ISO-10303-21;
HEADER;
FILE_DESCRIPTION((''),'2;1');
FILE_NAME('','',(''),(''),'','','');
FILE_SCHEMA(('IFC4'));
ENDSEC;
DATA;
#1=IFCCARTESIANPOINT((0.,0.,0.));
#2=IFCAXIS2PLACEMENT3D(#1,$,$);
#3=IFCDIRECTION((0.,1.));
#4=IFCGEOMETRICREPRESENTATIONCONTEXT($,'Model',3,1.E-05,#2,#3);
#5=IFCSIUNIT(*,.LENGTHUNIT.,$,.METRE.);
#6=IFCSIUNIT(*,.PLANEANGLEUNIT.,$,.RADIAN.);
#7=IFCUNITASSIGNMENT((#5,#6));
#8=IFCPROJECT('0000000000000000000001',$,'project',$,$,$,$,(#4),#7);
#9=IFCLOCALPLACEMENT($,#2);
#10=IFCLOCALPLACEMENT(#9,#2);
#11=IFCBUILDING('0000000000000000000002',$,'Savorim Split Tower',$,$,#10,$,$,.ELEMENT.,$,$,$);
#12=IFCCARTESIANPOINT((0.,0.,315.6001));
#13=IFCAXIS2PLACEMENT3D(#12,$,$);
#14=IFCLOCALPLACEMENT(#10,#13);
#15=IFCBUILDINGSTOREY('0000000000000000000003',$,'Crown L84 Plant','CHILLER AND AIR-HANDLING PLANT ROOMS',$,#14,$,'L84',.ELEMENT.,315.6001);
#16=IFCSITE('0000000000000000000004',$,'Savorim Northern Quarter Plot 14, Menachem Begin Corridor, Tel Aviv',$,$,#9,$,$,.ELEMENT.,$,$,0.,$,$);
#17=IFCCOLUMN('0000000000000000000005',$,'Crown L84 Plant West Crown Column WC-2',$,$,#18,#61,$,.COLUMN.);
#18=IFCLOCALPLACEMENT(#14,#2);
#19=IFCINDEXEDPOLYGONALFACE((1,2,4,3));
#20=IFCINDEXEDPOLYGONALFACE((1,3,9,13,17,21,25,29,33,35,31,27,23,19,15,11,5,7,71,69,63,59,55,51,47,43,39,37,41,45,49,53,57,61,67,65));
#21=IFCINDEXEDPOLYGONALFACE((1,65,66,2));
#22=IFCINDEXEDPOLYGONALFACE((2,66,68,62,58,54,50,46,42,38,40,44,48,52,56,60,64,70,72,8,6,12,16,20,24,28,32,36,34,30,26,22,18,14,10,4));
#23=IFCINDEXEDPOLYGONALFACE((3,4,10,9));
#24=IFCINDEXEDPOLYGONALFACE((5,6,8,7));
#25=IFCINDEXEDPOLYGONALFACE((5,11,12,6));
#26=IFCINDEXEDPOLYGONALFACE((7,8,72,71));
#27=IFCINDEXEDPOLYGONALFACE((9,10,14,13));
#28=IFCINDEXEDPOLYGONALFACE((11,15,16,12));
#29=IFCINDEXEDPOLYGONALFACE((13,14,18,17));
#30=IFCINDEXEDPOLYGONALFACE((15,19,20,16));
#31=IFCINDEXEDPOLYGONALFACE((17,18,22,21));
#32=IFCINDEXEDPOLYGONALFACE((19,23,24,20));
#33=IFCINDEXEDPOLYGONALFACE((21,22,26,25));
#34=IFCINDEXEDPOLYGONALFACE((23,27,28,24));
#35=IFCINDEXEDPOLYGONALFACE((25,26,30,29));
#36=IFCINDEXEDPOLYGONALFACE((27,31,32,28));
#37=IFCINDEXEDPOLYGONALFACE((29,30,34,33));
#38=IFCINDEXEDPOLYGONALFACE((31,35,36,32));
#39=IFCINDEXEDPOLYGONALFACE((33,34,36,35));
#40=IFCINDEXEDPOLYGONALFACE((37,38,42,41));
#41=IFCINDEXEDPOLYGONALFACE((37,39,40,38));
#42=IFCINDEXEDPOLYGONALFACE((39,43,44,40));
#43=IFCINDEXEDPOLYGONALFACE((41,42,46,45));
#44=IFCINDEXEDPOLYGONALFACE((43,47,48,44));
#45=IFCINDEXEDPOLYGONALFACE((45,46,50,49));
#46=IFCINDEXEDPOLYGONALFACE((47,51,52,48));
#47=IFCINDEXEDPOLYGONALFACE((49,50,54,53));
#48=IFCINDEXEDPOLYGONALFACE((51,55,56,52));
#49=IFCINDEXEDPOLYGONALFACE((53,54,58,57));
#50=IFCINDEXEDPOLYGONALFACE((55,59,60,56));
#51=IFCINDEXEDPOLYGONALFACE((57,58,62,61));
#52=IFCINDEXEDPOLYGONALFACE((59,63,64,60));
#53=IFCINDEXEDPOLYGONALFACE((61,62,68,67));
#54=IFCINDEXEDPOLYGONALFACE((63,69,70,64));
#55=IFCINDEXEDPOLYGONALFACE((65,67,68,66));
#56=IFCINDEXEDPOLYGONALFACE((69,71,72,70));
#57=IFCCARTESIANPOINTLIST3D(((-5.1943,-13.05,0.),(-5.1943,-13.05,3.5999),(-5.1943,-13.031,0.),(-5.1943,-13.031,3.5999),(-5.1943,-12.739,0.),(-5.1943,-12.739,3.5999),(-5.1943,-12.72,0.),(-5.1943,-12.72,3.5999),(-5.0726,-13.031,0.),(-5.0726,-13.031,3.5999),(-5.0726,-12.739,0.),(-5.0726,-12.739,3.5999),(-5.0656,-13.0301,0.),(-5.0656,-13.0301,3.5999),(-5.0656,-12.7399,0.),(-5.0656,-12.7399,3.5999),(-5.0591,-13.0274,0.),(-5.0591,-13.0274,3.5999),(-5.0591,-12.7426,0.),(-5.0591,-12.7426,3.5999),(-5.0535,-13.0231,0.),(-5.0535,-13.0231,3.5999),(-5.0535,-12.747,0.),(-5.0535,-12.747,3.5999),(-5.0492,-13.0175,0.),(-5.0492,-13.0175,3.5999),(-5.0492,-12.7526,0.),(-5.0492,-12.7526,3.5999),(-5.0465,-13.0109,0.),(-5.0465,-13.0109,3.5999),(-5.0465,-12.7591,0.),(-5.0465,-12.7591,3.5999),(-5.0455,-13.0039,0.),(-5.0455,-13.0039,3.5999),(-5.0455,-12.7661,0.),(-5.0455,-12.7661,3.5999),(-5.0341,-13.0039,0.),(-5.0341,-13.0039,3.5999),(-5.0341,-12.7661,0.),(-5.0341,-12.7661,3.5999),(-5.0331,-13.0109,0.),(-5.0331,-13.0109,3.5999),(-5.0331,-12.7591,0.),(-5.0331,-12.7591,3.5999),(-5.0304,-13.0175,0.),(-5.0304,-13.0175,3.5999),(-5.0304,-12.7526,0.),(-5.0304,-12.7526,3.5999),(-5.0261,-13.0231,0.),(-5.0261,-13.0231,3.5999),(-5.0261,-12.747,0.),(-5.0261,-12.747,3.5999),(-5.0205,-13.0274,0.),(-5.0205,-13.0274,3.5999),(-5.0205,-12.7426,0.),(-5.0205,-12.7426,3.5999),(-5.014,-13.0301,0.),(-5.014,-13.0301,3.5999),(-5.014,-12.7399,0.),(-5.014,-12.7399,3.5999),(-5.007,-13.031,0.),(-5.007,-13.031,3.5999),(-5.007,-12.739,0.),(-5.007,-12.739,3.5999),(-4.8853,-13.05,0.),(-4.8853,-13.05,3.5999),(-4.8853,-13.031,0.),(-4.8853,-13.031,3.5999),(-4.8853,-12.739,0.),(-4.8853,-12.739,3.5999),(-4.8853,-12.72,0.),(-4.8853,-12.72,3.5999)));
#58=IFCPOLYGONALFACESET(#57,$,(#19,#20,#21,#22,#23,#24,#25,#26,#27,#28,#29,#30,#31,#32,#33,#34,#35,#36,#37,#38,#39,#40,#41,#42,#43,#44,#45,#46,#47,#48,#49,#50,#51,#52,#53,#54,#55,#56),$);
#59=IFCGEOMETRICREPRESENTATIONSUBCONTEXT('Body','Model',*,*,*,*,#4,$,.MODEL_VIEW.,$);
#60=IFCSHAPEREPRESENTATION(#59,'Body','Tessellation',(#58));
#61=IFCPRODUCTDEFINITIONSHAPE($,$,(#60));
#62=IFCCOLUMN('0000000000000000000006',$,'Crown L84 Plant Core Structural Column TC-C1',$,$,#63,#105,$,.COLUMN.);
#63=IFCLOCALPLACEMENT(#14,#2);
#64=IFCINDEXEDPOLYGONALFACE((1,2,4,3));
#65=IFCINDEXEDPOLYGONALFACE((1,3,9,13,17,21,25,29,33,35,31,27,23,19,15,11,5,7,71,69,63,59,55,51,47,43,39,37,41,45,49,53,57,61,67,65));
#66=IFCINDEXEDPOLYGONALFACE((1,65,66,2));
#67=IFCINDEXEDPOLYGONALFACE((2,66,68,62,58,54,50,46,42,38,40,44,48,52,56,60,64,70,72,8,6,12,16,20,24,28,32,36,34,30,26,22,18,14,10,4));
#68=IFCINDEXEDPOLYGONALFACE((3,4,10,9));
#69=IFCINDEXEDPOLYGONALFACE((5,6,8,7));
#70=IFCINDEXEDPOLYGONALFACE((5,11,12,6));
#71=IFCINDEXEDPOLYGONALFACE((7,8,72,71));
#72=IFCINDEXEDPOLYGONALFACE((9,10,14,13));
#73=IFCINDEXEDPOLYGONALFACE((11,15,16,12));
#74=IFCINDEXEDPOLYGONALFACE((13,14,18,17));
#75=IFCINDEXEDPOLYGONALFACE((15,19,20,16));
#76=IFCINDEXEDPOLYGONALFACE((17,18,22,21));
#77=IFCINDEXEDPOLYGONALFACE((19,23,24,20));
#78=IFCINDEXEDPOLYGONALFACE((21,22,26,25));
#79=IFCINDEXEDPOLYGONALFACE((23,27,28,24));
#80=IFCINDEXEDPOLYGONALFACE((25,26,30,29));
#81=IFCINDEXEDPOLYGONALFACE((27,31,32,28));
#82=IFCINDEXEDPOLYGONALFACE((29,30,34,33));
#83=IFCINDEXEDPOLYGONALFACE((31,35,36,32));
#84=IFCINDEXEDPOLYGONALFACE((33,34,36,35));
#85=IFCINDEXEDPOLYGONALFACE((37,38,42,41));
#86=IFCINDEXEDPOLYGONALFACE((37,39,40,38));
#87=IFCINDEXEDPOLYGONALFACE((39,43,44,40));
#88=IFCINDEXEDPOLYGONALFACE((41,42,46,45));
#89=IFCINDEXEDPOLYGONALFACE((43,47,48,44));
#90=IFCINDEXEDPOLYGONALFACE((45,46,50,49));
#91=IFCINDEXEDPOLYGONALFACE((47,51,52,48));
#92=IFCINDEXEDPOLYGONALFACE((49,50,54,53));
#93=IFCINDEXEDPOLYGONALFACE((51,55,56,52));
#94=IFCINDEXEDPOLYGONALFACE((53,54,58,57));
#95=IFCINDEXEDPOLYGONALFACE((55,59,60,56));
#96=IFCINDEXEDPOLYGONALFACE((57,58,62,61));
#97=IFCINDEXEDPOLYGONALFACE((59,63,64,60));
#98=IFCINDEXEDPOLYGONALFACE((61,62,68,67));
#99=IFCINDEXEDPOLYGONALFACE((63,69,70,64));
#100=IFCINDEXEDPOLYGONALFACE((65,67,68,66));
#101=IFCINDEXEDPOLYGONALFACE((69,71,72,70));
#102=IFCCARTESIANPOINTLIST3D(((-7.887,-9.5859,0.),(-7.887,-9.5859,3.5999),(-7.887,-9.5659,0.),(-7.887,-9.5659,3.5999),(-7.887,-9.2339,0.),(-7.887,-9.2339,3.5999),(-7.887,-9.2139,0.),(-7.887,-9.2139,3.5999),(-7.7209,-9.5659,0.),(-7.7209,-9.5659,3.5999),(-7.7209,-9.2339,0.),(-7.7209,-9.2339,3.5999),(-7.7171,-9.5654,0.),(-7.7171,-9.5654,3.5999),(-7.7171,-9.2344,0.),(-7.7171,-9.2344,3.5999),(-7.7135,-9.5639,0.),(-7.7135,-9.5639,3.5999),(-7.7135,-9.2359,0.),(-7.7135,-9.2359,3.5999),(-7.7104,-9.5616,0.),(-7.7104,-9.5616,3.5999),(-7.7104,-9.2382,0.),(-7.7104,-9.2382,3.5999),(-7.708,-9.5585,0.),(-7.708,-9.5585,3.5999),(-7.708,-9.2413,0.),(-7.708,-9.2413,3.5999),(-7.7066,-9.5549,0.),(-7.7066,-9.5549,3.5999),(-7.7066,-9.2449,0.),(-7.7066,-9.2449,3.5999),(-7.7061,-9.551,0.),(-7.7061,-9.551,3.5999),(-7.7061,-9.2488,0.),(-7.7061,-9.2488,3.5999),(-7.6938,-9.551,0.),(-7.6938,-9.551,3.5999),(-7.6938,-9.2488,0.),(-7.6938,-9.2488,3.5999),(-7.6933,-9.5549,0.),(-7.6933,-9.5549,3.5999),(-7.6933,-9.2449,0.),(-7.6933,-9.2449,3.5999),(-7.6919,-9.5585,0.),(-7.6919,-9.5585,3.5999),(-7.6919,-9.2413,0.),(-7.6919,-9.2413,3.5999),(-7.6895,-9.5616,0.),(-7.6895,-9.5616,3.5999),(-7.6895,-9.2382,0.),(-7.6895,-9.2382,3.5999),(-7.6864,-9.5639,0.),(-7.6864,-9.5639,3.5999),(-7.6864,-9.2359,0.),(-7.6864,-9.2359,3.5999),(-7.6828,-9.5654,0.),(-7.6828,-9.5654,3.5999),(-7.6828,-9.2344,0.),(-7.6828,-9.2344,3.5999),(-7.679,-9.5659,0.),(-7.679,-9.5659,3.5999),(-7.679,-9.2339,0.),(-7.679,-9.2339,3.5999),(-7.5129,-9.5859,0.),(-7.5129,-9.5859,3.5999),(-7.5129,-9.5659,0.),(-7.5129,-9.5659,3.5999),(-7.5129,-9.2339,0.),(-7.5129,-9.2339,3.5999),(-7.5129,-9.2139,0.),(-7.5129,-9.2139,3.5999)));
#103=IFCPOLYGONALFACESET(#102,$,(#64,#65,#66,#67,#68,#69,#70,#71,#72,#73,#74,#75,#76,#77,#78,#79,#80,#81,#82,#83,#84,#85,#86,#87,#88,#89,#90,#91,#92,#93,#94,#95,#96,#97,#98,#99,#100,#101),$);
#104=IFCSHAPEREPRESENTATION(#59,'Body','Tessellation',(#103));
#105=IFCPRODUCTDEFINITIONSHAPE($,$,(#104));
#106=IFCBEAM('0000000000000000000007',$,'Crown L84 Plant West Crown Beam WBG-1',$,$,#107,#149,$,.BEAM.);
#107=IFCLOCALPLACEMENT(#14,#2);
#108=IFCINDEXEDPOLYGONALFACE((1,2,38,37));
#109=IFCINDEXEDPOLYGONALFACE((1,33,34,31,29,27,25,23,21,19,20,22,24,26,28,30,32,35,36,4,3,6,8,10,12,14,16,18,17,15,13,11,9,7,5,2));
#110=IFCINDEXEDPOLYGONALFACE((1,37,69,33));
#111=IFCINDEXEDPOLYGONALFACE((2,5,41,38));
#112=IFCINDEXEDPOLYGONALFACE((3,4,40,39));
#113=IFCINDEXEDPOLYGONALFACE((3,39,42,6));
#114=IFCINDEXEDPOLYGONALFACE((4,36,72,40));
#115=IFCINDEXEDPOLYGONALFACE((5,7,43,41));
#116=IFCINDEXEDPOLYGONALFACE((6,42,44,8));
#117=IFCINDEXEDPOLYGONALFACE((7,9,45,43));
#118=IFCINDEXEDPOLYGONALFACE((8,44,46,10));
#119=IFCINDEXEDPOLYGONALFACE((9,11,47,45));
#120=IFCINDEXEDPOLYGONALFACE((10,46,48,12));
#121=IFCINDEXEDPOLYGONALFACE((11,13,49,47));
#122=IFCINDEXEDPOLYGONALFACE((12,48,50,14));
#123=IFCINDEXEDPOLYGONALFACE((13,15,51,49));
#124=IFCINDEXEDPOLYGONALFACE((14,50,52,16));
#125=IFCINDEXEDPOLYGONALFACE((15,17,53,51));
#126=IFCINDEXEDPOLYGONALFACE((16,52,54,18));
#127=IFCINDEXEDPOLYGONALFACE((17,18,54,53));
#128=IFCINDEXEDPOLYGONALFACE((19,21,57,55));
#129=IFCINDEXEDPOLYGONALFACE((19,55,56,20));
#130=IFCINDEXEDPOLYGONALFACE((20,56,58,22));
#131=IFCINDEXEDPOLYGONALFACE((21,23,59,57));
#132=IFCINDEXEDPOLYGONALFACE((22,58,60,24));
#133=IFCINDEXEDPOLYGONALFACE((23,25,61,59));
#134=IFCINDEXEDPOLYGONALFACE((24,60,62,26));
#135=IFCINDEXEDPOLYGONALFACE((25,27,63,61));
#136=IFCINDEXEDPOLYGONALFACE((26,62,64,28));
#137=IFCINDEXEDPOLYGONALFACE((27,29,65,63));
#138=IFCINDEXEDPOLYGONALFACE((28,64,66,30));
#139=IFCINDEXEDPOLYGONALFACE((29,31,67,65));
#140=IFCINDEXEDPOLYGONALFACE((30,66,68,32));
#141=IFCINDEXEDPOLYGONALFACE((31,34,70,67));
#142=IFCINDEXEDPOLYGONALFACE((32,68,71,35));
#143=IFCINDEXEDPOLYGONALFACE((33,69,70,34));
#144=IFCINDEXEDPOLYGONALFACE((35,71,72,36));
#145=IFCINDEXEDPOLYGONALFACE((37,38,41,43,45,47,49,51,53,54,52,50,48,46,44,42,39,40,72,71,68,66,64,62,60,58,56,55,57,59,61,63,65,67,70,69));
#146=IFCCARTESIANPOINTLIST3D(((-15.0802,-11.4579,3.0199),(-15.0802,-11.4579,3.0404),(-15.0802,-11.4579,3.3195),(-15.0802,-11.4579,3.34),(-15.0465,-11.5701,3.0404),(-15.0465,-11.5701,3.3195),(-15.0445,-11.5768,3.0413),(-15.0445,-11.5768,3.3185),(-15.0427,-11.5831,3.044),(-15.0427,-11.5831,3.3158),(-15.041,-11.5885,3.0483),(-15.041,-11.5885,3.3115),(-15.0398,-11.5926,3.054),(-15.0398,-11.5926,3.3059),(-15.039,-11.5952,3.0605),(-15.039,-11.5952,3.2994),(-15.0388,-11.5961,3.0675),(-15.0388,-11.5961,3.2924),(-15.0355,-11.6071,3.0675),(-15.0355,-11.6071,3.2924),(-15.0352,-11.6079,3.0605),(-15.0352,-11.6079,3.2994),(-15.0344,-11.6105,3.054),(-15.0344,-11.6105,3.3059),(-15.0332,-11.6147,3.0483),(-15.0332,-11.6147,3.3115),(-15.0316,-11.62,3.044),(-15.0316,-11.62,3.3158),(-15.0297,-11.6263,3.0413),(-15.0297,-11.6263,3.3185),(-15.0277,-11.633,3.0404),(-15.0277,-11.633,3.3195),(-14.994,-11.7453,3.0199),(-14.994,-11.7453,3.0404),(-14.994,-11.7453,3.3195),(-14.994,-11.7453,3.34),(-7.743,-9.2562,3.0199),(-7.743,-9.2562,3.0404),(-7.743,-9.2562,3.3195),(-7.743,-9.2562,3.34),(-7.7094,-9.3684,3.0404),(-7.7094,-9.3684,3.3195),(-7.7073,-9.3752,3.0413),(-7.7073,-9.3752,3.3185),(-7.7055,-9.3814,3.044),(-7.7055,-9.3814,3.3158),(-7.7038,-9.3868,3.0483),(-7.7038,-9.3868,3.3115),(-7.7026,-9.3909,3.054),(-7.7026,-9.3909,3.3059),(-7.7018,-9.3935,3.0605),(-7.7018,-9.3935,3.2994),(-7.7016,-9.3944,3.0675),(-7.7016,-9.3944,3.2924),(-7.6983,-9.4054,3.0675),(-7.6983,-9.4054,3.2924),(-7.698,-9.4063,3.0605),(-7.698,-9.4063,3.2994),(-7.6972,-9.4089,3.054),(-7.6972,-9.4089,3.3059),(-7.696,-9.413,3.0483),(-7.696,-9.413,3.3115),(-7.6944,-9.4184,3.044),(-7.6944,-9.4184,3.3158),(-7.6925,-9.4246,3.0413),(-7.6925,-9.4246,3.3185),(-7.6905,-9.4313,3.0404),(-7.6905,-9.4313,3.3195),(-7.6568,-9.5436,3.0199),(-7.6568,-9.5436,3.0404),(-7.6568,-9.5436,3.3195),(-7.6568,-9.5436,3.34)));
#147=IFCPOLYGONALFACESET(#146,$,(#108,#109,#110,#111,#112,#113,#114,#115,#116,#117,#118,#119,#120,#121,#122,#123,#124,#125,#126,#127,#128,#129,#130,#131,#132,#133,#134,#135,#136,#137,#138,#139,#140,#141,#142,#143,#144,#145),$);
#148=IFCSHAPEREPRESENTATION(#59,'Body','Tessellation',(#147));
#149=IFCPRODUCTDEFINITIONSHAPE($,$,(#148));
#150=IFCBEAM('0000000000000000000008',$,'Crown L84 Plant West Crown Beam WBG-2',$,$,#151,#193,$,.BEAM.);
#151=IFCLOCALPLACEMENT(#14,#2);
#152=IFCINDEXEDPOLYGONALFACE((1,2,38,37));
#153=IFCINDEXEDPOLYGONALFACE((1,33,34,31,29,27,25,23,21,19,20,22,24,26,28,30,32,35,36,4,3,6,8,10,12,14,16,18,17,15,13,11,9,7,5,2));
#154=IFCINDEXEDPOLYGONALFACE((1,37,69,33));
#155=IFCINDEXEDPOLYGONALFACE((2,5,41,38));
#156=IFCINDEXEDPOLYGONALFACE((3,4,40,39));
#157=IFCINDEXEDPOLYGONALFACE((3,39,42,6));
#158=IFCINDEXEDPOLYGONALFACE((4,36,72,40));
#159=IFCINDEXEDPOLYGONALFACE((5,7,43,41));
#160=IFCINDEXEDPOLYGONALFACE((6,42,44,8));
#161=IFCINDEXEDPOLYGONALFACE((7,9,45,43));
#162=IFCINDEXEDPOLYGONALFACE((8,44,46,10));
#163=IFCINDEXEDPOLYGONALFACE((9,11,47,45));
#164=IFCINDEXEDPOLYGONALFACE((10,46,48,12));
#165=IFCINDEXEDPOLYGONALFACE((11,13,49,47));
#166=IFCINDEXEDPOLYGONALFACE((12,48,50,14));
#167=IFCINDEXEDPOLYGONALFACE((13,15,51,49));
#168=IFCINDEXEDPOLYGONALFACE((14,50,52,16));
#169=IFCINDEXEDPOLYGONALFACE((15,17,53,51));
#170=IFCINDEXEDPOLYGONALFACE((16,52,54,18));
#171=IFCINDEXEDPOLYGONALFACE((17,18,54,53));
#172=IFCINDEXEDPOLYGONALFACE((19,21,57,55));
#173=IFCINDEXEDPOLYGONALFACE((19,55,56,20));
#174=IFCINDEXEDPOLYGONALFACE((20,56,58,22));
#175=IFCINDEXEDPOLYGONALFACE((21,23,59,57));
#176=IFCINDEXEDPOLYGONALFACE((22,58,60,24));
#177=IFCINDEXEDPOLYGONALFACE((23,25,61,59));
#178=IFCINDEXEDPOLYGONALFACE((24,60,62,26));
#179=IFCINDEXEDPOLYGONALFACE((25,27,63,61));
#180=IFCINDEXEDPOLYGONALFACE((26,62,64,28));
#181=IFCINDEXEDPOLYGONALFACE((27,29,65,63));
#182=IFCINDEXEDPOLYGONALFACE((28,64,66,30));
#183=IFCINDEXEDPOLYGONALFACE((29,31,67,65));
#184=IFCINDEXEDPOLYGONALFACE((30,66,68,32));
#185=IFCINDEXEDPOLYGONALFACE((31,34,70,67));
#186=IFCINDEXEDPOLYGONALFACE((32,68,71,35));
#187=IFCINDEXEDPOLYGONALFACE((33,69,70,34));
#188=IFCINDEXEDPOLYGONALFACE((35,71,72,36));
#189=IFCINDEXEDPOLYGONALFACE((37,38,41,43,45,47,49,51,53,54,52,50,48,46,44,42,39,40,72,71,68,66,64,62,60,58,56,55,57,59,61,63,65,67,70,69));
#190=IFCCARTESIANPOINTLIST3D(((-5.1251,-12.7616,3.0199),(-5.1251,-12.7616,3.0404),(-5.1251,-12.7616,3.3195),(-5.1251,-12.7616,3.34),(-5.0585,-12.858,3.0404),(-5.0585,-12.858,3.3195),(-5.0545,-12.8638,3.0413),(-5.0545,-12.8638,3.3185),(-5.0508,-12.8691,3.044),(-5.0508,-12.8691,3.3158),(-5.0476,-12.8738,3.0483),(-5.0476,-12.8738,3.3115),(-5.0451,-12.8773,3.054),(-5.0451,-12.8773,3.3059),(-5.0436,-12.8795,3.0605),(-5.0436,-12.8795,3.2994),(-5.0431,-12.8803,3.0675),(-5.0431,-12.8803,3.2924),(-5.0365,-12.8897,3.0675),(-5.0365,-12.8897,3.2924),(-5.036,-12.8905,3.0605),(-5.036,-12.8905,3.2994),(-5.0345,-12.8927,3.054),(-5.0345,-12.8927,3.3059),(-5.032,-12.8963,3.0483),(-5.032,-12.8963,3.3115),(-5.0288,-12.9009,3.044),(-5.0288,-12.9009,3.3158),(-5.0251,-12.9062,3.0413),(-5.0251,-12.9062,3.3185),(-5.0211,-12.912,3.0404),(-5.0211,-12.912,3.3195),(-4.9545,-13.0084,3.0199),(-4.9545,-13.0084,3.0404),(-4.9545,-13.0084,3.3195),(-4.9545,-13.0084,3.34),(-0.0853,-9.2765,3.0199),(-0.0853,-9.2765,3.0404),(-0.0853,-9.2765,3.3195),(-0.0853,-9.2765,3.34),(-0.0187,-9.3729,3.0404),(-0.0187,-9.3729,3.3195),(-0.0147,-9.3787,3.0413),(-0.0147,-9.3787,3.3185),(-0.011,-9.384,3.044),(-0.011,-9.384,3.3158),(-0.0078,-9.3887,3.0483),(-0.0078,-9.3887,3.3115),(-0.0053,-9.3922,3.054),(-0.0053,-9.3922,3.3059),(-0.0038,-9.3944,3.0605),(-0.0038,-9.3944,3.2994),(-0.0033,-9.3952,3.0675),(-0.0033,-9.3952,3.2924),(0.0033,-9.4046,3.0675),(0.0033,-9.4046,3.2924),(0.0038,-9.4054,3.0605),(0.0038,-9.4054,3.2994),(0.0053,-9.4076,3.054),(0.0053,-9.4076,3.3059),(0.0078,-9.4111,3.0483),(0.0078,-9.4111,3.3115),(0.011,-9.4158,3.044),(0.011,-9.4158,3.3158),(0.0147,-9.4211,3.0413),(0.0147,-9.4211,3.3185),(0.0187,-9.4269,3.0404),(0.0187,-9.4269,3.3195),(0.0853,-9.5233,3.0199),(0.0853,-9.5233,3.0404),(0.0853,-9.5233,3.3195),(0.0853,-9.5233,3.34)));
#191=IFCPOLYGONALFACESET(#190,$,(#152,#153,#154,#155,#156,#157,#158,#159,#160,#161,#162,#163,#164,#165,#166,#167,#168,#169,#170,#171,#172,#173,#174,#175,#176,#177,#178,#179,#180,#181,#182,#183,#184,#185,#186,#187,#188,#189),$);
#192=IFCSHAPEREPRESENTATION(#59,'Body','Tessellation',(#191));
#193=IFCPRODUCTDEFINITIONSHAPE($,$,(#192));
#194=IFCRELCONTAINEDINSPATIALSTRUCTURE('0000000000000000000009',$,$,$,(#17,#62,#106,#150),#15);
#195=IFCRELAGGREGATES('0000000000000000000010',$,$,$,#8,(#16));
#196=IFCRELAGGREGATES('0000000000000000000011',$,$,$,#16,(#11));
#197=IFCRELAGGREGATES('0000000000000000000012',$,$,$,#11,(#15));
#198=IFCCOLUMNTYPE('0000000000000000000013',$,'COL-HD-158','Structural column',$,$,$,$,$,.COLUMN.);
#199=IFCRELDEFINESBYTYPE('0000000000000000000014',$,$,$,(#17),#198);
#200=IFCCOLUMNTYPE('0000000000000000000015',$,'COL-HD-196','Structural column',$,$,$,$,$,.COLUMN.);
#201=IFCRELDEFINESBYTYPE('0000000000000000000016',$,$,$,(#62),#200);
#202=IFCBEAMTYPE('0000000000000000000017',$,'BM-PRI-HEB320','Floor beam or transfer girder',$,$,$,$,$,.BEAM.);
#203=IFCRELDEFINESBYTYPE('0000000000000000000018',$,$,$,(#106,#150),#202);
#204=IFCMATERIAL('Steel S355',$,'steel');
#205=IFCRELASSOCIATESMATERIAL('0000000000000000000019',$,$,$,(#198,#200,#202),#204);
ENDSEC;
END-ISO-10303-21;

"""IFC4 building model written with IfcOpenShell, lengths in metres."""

from ifc_helpers import new_model, si_unit, direction, frame, origin, origin_2d, place, context, subcontext, project, spatial, i_section, extrude, material, material_profile, profile_set, type_object, element, save


model = new_model("IFC4")

# Units and contexts
model_context = context("Model", 3, precision=1e-05, world=origin(), true_north=direction((0.0, 1.0)))
body_context = subcontext(model_context, "Body", "Model", "MODEL_VIEW")
ifc_project = project(units=[si_unit("LENGTHUNIT", "METRE"), si_unit("PLANEANGLEUNIT", "RADIAN")], contexts=[model_context])

# Site, building, storey
site_placement = place(None, origin())
site = spatial("IfcSite", under=ifc_project, at=site_placement, Name="Savorim Northern Quarter Plot 14, Menachem Begin Corridor, Tel Aviv", CompositionType="ELEMENT", RefElevation=0.0)
building_placement = place(site_placement, origin())
building = spatial("IfcBuilding", under=site, at=building_placement, Name="Savorim Split Tower", CompositionType="ELEMENT")
storey_placement = place(building_placement, frame((0.0, 0.0, 315.6001)))
storey = spatial("IfcBuildingStorey", under=building, at=storey_placement, Name="Crown L84 Plant", Description="CHILLER AND AIR-HANDLING PLANT ROOMS", LongName="L84", CompositionType="ELEMENT", Elevation=315.6001)

# Columns
ifc_material_1 = material(Name="Steel S355", Category="steel")
ifc_material_profile_1 = material_profile(ifc_material_1, i_section(OverallWidth=0.3091, OverallDepth=0.3301, WebThickness=0.0115, FlangeThickness=0.019, FilletRadius=0.0271, at=origin_2d()), Name="HD 320x158")
ifc_profile_set_1 = profile_set([ifc_material_profile_1], Name="Steel S355")
column_type_1 = type_object("IfcColumnType", Name="COL-HD-158", Description="Structural column", PredefinedType="COLUMN", material=ifc_profile_set_1)
column_1_placement = place(storey_placement, frame((-5.0398, -12.885, 0.0), z_axis=(0.0, 0.0, 1.0), x_axis=(1.0, 0.0, 0.0)))
element("IfcColumn", 1, at=column_1_placement, inside=storey, type_object=column_type_1, Name="Crown L84 Plant West Crown Column WC-2", PredefinedType="COLUMN", context=body_context, shape_type="SweptSolid", body=[
    extrude(i_section(OverallWidth=0.3091, OverallDepth=0.3301, WebThickness=0.0115, FlangeThickness=0.019, FilletRadius=0.0271, at=origin_2d()), origin(), (0.0, 0.0, 1.0), 3.5999),
])
ifc_material_profile_2 = material_profile(ifc_material_1, i_section(OverallWidth=0.374, OverallDepth=0.3721, WebThickness=0.0122, FlangeThickness=0.02, FilletRadius=0.0149, at=origin_2d()), Name="HD 360x196")
ifc_profile_set_2 = profile_set([ifc_material_profile_2], Name="Steel S355")
column_type_2 = type_object("IfcColumnType", Name="COL-HD-196", Description="Structural column", PredefinedType="COLUMN", material=ifc_profile_set_2)
column_2_placement = place(storey_placement, frame((-7.7, -9.3999, 0.0), z_axis=(0.0, 0.0, 1.0), x_axis=(1.0, 0.0, 0.0)))
element("IfcColumn", 2, at=column_2_placement, inside=storey, type_object=column_type_2, Name="Crown L84 Plant Core Structural Column TC-C1", PredefinedType="COLUMN", context=body_context, shape_type="SweptSolid", body=[
    extrude(i_section(OverallWidth=0.374, OverallDepth=0.3721, WebThickness=0.0122, FlangeThickness=0.02, FilletRadius=0.0149, at=origin_2d()), origin(), (0.0, 0.0, 1.0), 3.5999),
])

# Beams
ifc_material_profile_3 = material_profile(ifc_material_1, i_section(OverallWidth=0.3, OverallDepth=0.3201, WebThickness=0.0115, FlangeThickness=0.0205, FilletRadius=0.0271, at=origin_2d()), Name="HEB 320")
ifc_profile_set_3 = profile_set([ifc_material_profile_3], Name="Steel S355")
beam_type = type_object("IfcBeamType", Name="BM-PRI-HEB320", Description="Floor beam or transfer girder", PredefinedType="BEAM", material=ifc_profile_set_3)
beam_1_placement = place(storey_placement, frame((-15.0371, -11.6016, 3.1799), z_axis=(0.957808, 0.287409, 0.0), x_axis=(-0.287409, 0.957808, 0.0)))
element("IfcBeam", 3, at=beam_1_placement, inside=storey, type_object=beam_type, Name="Crown L84 Plant West Crown Beam WBG-1", PredefinedType="BEAM", context=body_context, shape_type="SweptSolid", body=[
    extrude(i_section(OverallWidth=0.3, OverallDepth=0.3201, WebThickness=0.0115, FlangeThickness=0.0205, FilletRadius=0.0271, at=origin_2d()), origin(), (0.0, 0.0, 1.0), 7.6604),
])
beam_2_placement = place(storey_placement, frame((-5.0398, -12.885, 3.1799), z_axis=(0.822496, 0.568771, 0.0), x_axis=(-0.568771, 0.822496, 0.0)))
element("IfcBeam", 4, at=beam_2_placement, inside=storey, type_object=beam_type, Name="Crown L84 Plant West Crown Beam WBG-2", PredefinedType="BEAM", context=body_context, shape_type="SweptSolid", body=[
    extrude(i_section(OverallWidth=0.3, OverallDepth=0.3201, WebThickness=0.0115, FlangeThickness=0.0205, FilletRadius=0.0271, at=origin_2d()), origin(), (0.0, 0.0, 1.0), 6.1274),
])

save(model, "model.ifc")
